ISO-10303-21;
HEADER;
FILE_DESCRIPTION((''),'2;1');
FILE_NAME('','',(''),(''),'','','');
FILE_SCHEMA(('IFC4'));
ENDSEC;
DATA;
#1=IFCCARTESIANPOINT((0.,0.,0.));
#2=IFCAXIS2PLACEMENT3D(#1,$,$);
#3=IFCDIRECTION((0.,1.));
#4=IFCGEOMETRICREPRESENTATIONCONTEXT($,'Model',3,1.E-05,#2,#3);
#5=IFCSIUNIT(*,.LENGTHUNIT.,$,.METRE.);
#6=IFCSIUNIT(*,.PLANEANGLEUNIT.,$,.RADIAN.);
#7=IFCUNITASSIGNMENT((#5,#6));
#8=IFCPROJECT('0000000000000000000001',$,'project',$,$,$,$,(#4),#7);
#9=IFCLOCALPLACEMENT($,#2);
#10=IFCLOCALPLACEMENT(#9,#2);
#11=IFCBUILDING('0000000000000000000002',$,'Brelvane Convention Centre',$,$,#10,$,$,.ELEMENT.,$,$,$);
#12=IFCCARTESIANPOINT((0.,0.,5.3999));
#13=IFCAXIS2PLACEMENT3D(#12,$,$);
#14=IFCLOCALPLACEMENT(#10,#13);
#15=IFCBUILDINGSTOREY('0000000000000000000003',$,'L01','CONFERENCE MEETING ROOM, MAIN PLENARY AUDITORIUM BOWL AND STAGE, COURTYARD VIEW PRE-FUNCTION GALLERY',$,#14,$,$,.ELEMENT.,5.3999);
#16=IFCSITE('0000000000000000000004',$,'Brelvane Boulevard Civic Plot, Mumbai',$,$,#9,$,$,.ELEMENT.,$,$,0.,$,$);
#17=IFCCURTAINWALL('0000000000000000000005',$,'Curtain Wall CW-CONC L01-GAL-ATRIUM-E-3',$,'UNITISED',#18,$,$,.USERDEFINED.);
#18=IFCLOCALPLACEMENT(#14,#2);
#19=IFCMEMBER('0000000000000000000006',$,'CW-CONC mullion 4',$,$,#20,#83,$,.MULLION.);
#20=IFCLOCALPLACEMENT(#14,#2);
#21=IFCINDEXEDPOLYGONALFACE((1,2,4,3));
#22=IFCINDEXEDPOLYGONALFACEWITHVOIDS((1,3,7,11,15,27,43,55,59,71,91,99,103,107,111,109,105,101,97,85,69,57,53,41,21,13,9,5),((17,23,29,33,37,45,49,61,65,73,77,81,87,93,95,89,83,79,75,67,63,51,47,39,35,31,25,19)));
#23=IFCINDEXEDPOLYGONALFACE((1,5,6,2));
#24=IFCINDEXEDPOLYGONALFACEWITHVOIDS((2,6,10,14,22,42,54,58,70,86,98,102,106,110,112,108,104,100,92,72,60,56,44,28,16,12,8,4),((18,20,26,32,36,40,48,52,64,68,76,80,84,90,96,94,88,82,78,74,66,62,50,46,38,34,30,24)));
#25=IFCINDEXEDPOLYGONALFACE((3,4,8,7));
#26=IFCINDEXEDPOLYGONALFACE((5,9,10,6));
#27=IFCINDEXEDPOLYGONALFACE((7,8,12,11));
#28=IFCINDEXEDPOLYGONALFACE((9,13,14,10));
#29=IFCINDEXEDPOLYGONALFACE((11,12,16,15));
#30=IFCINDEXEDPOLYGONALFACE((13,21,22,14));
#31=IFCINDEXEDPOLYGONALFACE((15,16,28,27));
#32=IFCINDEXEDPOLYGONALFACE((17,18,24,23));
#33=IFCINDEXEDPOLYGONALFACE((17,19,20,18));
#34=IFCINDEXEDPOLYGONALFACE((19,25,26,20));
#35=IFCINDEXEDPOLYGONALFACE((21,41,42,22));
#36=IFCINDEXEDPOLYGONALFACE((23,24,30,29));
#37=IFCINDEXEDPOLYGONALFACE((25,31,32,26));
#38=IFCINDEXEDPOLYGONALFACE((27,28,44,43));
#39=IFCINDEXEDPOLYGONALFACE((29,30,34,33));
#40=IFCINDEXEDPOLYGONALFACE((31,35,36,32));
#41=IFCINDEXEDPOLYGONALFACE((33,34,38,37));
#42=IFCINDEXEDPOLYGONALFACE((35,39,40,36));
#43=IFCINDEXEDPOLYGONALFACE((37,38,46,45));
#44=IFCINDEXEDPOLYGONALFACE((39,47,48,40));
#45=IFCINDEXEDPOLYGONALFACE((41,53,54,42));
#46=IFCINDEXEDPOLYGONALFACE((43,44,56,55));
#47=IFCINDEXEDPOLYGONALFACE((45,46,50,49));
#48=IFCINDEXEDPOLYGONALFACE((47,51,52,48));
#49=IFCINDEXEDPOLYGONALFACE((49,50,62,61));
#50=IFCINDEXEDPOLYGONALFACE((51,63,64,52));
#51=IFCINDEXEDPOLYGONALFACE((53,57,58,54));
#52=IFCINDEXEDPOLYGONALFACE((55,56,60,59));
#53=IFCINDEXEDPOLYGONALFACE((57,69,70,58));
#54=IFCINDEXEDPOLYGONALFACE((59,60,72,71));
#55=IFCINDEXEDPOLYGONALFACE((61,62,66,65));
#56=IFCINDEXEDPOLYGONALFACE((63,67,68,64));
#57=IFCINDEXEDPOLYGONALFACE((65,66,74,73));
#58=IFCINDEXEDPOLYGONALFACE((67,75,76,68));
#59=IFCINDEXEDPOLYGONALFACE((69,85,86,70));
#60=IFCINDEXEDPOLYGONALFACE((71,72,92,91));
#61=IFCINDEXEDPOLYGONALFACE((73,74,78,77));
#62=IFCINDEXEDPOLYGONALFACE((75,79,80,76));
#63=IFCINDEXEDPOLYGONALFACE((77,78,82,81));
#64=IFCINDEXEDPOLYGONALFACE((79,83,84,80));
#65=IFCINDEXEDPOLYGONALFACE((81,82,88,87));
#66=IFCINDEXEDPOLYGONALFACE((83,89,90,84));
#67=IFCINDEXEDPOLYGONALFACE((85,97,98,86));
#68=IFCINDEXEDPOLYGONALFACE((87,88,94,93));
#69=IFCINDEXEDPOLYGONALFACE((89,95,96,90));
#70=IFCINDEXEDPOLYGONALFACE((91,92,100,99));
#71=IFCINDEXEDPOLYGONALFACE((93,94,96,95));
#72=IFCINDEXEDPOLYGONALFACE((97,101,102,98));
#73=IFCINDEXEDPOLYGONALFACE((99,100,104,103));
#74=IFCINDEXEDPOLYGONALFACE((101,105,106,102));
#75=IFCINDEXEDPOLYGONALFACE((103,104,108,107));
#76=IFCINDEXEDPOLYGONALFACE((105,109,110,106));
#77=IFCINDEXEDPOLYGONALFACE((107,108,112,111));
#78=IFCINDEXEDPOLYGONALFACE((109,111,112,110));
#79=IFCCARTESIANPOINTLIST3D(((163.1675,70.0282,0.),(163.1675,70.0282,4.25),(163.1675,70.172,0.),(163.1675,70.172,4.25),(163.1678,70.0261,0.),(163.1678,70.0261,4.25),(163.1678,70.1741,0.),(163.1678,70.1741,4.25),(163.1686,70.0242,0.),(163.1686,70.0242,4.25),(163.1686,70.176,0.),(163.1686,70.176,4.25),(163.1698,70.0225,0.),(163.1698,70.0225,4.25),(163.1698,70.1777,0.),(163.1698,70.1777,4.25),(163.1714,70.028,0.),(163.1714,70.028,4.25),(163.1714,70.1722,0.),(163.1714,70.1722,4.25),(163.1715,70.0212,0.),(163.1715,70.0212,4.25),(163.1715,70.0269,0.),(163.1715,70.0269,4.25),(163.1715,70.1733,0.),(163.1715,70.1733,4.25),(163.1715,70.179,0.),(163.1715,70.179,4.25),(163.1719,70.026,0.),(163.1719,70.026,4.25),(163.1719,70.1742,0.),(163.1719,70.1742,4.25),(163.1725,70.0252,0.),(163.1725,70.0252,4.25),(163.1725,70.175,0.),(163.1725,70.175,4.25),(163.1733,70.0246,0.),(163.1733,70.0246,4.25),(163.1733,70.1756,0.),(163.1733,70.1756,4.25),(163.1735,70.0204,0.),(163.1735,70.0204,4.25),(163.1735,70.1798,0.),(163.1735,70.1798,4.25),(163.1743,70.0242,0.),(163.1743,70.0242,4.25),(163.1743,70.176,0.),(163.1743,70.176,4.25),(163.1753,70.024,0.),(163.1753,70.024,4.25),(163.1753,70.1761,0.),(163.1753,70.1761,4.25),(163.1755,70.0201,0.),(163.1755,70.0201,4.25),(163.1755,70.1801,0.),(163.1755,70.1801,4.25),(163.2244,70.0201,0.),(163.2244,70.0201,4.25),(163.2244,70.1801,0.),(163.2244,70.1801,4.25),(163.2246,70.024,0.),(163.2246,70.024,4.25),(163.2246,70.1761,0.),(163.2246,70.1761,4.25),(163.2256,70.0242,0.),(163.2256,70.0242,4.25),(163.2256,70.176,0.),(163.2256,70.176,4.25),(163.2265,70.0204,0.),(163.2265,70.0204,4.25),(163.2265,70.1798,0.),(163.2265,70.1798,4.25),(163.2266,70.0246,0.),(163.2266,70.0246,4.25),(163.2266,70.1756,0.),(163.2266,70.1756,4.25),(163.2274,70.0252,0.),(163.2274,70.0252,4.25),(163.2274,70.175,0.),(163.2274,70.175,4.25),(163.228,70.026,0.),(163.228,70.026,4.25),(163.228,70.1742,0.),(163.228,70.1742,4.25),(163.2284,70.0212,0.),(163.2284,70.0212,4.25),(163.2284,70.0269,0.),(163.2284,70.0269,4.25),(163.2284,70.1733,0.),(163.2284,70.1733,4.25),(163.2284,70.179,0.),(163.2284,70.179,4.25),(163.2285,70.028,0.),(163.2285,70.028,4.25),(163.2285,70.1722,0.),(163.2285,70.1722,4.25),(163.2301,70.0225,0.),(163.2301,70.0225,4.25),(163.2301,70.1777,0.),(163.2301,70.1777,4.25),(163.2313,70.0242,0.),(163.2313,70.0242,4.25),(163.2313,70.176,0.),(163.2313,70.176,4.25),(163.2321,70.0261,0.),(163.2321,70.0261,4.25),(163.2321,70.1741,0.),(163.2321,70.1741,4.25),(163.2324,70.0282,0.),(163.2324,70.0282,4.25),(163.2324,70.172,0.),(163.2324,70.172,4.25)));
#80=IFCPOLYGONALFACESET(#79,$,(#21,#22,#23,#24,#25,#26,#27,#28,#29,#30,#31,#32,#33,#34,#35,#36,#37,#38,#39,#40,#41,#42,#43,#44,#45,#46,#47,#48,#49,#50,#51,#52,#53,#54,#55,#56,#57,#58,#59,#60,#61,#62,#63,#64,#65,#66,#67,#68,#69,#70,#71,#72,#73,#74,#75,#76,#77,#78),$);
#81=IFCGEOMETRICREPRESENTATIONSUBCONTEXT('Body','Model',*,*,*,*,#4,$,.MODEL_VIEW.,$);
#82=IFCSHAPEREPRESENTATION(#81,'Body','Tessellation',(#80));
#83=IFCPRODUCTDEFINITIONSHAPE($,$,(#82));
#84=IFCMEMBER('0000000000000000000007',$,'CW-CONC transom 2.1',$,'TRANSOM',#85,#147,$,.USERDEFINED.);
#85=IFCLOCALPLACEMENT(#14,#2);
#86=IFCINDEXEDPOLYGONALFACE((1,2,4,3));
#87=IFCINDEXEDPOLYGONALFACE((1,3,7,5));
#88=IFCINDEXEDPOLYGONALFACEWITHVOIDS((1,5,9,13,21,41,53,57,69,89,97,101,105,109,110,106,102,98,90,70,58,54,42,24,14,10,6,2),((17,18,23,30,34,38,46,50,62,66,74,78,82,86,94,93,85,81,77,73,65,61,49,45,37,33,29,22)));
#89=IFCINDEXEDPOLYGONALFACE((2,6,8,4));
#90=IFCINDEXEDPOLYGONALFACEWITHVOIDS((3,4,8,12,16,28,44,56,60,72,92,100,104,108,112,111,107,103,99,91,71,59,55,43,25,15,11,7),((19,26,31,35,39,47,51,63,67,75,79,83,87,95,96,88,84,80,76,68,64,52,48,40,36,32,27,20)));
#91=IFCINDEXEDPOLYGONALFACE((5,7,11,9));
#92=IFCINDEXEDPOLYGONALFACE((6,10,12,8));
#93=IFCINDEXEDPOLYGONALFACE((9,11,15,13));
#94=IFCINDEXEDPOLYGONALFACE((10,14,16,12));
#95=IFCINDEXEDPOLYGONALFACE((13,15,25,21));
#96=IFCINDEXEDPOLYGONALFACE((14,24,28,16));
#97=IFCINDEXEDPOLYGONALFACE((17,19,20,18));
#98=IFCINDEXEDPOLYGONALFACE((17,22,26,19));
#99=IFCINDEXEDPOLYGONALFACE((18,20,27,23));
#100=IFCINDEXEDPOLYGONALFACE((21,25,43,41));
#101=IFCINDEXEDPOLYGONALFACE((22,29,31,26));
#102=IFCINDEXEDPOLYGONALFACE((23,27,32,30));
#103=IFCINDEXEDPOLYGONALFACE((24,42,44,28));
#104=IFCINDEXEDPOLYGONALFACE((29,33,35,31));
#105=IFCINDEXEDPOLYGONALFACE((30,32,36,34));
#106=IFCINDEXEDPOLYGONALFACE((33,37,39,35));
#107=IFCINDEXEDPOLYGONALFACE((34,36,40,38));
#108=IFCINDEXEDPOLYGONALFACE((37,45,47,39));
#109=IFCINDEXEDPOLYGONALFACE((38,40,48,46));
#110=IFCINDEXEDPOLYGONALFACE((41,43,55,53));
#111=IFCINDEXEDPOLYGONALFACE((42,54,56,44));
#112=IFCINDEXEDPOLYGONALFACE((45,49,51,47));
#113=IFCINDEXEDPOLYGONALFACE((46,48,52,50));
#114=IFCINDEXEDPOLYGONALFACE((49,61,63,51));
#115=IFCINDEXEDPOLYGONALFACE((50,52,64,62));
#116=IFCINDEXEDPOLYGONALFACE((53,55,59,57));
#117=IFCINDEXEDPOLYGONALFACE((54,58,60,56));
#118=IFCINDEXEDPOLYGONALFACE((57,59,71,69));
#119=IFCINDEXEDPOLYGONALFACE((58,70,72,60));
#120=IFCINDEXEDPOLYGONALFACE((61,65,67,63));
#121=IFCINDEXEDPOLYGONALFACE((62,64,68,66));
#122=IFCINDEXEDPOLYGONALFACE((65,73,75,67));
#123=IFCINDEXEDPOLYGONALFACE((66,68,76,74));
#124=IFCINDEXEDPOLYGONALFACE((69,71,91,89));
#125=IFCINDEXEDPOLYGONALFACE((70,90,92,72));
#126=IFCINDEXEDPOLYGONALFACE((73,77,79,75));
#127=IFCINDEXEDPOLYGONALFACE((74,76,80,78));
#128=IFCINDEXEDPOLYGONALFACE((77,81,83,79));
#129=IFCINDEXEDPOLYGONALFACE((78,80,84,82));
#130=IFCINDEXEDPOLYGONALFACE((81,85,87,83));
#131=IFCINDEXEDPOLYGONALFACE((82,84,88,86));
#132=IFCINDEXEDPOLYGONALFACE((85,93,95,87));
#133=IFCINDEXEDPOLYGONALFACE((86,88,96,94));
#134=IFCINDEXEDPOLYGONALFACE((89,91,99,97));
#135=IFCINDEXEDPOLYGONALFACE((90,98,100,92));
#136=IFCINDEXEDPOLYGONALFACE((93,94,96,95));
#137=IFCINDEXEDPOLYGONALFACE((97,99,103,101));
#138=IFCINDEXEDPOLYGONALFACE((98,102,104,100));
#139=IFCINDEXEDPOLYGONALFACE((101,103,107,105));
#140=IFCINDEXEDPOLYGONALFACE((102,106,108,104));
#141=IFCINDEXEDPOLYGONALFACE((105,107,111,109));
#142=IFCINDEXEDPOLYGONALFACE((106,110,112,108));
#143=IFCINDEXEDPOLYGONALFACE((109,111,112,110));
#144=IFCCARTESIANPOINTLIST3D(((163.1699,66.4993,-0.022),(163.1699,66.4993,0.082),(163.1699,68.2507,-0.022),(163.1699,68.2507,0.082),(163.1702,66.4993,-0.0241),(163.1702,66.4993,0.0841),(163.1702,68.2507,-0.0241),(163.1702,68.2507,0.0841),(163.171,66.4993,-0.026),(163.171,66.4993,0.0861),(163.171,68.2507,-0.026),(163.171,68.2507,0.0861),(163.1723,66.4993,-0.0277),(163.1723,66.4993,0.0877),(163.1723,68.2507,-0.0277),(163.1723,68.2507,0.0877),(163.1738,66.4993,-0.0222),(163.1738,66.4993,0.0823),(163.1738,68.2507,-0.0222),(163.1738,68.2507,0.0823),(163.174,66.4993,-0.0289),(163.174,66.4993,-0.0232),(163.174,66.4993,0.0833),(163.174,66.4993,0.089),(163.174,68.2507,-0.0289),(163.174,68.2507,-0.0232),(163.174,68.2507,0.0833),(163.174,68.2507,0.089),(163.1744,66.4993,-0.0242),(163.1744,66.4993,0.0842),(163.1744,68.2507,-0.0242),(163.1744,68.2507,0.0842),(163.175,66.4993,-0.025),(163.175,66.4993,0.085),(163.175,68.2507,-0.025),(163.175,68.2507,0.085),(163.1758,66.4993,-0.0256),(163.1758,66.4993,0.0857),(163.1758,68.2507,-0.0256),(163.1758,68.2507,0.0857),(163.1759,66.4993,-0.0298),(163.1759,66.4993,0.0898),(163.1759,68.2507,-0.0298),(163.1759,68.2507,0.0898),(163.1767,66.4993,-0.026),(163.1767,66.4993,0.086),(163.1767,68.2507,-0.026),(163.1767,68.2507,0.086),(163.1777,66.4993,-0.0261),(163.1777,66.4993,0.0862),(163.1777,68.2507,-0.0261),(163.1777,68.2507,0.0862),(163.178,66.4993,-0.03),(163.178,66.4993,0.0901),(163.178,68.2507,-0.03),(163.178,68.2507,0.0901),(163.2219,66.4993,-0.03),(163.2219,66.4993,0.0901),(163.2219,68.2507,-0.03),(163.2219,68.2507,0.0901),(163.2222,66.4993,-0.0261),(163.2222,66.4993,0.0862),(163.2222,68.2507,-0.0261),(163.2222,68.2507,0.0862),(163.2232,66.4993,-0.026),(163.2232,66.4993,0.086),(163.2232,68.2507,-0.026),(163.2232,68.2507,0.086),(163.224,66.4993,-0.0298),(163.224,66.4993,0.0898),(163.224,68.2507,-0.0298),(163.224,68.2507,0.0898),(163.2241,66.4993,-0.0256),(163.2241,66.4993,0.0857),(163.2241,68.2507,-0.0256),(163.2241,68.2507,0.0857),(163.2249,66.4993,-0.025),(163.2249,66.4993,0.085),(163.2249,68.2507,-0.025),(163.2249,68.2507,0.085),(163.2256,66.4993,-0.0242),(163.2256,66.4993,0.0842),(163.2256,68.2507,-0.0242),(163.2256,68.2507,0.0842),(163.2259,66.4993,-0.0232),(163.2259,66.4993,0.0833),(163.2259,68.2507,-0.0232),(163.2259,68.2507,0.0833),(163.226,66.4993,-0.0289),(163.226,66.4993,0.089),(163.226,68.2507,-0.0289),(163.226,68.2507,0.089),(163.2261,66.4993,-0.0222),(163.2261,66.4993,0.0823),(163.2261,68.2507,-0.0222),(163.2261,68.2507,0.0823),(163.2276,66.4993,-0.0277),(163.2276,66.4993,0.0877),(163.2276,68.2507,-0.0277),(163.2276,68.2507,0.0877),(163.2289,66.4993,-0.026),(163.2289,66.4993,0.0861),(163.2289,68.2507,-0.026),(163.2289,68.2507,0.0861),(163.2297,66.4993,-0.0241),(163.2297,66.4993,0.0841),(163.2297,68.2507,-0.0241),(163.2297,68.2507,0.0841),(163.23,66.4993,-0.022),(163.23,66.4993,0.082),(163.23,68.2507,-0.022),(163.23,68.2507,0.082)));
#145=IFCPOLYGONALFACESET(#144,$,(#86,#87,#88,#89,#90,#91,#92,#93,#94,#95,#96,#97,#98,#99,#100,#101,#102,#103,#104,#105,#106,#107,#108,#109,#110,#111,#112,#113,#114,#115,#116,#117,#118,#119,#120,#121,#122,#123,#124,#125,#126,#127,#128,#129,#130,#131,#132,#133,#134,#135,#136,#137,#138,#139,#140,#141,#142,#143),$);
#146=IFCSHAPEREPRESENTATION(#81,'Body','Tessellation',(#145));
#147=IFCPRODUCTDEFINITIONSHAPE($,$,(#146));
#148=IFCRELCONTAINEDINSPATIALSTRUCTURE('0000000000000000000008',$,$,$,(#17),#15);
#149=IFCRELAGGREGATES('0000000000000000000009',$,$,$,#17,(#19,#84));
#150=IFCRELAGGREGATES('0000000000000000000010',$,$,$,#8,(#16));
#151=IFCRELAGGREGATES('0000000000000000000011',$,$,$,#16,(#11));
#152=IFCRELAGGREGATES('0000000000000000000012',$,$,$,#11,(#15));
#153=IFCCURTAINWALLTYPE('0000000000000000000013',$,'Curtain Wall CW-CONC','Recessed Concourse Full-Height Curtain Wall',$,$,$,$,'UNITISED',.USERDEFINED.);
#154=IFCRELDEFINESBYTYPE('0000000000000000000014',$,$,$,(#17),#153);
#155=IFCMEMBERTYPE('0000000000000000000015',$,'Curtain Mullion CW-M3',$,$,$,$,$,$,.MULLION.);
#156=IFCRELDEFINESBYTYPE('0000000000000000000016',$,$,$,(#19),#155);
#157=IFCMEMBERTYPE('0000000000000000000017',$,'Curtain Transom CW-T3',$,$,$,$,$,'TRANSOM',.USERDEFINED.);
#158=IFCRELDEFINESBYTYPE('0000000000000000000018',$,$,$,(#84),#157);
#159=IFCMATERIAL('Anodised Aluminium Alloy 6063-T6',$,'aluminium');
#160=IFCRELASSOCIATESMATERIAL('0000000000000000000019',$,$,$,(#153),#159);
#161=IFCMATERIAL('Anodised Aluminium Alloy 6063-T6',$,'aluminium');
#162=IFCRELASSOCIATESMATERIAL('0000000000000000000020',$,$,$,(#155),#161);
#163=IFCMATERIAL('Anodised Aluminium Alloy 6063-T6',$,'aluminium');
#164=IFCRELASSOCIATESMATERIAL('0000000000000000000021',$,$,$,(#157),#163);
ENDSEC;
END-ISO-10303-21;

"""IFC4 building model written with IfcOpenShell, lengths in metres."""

from ifc_helpers import new_model, si_unit, direction, frame, origin, origin_2d, place, context, subcontext, project, spatial, hollow_rectangle, extrude, material, material_profile, profile_set, type_object, element, aggregate, save


model = new_model("IFC4")

# Units and contexts
model_context = context("Model", 3, precision=1e-05, world=origin(), true_north=direction((0.0, 1.0)))
body_context = subcontext(model_context, "Body", "Model", "MODEL_VIEW")
ifc_project = project(units=[si_unit("LENGTHUNIT", "METRE"), si_unit("PLANEANGLEUNIT", "RADIAN")], contexts=[model_context])

# Site, building, storey
site_placement = place(None, origin())
site = spatial("IfcSite", under=ifc_project, at=site_placement, Name="Brelvane Boulevard Civic Plot, Mumbai", CompositionType="ELEMENT", RefElevation=0.0)
building_placement = place(site_placement, origin())
building = spatial("IfcBuilding", under=site, at=building_placement, Name="Brelvane Convention Centre", CompositionType="ELEMENT")
storey_placement = place(building_placement, frame((0.0, 0.0, 5.3999)))
storey = spatial("IfcBuildingStorey", under=building, at=storey_placement, Name="L01", Description="CONFERENCE MEETING ROOM, MAIN PLENARY AUDITORIUM BOWL AND STAGE, COURTYARD VIEW PRE-FUNCTION GALLERY", CompositionType="ELEMENT", Elevation=5.3999)

# Curtain wall, members
ifc_material_1 = material(Name="Anodised Aluminium Alloy 6063-T6", Category="aluminium")
curtain_wall_type = type_object("IfcCurtainWallType", Name="Curtain Wall CW-CONC", Description="Recessed Concourse Full-Height Curtain Wall", ElementType="UNITISED", PredefinedType="USERDEFINED", material=ifc_material_1)
curtain_wall_placement = place(storey_placement, origin())
curtain_wall = element("IfcCurtainWall", 1, at=curtain_wall_placement, inside=storey, type_object=curtain_wall_type, Name="Curtain Wall CW-CONC L01-GAL-ATRIUM-E-3", ObjectType="UNITISED", PredefinedType="USERDEFINED")
ifc_material_2 = material(Name="Anodised Aluminium Alloy 6063-T6", Category="aluminium")
ifc_material_profile_1 = material_profile(ifc_material_2, hollow_rectangle(XDim=0.0649, YDim=0.1599, WallThickness=0.0039, InnerFilletRadius=0.0039, OuterFilletRadius=0.0081, at=origin_2d()), Name="ALU-M 160x65x4.0")
ifc_profile_set_1 = profile_set([ifc_material_profile_1], Name="Anodised Aluminium Alloy 6063-T6")
member_type_1 = type_object("IfcMemberType", Name="Curtain Mullion CW-M3", PredefinedType="MULLION", material=ifc_profile_set_1)
member_1_placement = place(storey_placement, frame((163.2, 70.1001, 0.0), z_axis=(0.0, 0.0, 1.0), x_axis=(-1.0, 0.0, 0.0)))
member_1 = element("IfcMember", 2, at=member_1_placement, type_object=member_type_1, Name="CW-CONC mullion 4", PredefinedType="MULLION", context=body_context, shape_type="SweptSolid", body=[
    extrude(hollow_rectangle(XDim=0.0649, YDim=0.1599, WallThickness=0.0039, InnerFilletRadius=0.0039, OuterFilletRadius=0.0081, at=origin_2d()), origin(), (0.0, 0.0, 1.0), 4.25),
])
ifc_material_3 = material(Name="Anodised Aluminium Alloy 6063-T6", Category="aluminium")
ifc_material_profile_2 = material_profile(ifc_material_3, hollow_rectangle(XDim=0.0601, YDim=0.1201, WallThickness=0.0039, InnerFilletRadius=0.0039, OuterFilletRadius=0.0081, at=origin_2d()), Name="ALU-T 120x60x4.0")
ifc_profile_set_2 = profile_set([ifc_material_profile_2], Name="Anodised Aluminium Alloy 6063-T6")
member_type_2 = type_object("IfcMemberType", Name="Curtain Transom CW-T3", ElementType="TRANSOM", PredefinedType="USERDEFINED", material=ifc_profile_set_2)
member_2_placement = place(storey_placement, frame((163.2, 66.4993, 0.03), z_axis=(0.0, 1.0, 0.0), x_axis=(-1.0, 0.0, 0.0)))
member_2 = element("IfcMember", 3, at=member_2_placement, type_object=member_type_2, Name="CW-CONC transom 2.1", ObjectType="TRANSOM", PredefinedType="USERDEFINED", context=body_context, shape_type="SweptSolid", body=[
    extrude(hollow_rectangle(XDim=0.0601, YDim=0.1201, WallThickness=0.0039, InnerFilletRadius=0.0039, OuterFilletRadius=0.0081, at=origin_2d()), origin(), (0.0, 0.0, 1.0), 1.7515),
])

aggregate(curtain_wall, [member_1, member_2])

save(model, "model.ifc")
